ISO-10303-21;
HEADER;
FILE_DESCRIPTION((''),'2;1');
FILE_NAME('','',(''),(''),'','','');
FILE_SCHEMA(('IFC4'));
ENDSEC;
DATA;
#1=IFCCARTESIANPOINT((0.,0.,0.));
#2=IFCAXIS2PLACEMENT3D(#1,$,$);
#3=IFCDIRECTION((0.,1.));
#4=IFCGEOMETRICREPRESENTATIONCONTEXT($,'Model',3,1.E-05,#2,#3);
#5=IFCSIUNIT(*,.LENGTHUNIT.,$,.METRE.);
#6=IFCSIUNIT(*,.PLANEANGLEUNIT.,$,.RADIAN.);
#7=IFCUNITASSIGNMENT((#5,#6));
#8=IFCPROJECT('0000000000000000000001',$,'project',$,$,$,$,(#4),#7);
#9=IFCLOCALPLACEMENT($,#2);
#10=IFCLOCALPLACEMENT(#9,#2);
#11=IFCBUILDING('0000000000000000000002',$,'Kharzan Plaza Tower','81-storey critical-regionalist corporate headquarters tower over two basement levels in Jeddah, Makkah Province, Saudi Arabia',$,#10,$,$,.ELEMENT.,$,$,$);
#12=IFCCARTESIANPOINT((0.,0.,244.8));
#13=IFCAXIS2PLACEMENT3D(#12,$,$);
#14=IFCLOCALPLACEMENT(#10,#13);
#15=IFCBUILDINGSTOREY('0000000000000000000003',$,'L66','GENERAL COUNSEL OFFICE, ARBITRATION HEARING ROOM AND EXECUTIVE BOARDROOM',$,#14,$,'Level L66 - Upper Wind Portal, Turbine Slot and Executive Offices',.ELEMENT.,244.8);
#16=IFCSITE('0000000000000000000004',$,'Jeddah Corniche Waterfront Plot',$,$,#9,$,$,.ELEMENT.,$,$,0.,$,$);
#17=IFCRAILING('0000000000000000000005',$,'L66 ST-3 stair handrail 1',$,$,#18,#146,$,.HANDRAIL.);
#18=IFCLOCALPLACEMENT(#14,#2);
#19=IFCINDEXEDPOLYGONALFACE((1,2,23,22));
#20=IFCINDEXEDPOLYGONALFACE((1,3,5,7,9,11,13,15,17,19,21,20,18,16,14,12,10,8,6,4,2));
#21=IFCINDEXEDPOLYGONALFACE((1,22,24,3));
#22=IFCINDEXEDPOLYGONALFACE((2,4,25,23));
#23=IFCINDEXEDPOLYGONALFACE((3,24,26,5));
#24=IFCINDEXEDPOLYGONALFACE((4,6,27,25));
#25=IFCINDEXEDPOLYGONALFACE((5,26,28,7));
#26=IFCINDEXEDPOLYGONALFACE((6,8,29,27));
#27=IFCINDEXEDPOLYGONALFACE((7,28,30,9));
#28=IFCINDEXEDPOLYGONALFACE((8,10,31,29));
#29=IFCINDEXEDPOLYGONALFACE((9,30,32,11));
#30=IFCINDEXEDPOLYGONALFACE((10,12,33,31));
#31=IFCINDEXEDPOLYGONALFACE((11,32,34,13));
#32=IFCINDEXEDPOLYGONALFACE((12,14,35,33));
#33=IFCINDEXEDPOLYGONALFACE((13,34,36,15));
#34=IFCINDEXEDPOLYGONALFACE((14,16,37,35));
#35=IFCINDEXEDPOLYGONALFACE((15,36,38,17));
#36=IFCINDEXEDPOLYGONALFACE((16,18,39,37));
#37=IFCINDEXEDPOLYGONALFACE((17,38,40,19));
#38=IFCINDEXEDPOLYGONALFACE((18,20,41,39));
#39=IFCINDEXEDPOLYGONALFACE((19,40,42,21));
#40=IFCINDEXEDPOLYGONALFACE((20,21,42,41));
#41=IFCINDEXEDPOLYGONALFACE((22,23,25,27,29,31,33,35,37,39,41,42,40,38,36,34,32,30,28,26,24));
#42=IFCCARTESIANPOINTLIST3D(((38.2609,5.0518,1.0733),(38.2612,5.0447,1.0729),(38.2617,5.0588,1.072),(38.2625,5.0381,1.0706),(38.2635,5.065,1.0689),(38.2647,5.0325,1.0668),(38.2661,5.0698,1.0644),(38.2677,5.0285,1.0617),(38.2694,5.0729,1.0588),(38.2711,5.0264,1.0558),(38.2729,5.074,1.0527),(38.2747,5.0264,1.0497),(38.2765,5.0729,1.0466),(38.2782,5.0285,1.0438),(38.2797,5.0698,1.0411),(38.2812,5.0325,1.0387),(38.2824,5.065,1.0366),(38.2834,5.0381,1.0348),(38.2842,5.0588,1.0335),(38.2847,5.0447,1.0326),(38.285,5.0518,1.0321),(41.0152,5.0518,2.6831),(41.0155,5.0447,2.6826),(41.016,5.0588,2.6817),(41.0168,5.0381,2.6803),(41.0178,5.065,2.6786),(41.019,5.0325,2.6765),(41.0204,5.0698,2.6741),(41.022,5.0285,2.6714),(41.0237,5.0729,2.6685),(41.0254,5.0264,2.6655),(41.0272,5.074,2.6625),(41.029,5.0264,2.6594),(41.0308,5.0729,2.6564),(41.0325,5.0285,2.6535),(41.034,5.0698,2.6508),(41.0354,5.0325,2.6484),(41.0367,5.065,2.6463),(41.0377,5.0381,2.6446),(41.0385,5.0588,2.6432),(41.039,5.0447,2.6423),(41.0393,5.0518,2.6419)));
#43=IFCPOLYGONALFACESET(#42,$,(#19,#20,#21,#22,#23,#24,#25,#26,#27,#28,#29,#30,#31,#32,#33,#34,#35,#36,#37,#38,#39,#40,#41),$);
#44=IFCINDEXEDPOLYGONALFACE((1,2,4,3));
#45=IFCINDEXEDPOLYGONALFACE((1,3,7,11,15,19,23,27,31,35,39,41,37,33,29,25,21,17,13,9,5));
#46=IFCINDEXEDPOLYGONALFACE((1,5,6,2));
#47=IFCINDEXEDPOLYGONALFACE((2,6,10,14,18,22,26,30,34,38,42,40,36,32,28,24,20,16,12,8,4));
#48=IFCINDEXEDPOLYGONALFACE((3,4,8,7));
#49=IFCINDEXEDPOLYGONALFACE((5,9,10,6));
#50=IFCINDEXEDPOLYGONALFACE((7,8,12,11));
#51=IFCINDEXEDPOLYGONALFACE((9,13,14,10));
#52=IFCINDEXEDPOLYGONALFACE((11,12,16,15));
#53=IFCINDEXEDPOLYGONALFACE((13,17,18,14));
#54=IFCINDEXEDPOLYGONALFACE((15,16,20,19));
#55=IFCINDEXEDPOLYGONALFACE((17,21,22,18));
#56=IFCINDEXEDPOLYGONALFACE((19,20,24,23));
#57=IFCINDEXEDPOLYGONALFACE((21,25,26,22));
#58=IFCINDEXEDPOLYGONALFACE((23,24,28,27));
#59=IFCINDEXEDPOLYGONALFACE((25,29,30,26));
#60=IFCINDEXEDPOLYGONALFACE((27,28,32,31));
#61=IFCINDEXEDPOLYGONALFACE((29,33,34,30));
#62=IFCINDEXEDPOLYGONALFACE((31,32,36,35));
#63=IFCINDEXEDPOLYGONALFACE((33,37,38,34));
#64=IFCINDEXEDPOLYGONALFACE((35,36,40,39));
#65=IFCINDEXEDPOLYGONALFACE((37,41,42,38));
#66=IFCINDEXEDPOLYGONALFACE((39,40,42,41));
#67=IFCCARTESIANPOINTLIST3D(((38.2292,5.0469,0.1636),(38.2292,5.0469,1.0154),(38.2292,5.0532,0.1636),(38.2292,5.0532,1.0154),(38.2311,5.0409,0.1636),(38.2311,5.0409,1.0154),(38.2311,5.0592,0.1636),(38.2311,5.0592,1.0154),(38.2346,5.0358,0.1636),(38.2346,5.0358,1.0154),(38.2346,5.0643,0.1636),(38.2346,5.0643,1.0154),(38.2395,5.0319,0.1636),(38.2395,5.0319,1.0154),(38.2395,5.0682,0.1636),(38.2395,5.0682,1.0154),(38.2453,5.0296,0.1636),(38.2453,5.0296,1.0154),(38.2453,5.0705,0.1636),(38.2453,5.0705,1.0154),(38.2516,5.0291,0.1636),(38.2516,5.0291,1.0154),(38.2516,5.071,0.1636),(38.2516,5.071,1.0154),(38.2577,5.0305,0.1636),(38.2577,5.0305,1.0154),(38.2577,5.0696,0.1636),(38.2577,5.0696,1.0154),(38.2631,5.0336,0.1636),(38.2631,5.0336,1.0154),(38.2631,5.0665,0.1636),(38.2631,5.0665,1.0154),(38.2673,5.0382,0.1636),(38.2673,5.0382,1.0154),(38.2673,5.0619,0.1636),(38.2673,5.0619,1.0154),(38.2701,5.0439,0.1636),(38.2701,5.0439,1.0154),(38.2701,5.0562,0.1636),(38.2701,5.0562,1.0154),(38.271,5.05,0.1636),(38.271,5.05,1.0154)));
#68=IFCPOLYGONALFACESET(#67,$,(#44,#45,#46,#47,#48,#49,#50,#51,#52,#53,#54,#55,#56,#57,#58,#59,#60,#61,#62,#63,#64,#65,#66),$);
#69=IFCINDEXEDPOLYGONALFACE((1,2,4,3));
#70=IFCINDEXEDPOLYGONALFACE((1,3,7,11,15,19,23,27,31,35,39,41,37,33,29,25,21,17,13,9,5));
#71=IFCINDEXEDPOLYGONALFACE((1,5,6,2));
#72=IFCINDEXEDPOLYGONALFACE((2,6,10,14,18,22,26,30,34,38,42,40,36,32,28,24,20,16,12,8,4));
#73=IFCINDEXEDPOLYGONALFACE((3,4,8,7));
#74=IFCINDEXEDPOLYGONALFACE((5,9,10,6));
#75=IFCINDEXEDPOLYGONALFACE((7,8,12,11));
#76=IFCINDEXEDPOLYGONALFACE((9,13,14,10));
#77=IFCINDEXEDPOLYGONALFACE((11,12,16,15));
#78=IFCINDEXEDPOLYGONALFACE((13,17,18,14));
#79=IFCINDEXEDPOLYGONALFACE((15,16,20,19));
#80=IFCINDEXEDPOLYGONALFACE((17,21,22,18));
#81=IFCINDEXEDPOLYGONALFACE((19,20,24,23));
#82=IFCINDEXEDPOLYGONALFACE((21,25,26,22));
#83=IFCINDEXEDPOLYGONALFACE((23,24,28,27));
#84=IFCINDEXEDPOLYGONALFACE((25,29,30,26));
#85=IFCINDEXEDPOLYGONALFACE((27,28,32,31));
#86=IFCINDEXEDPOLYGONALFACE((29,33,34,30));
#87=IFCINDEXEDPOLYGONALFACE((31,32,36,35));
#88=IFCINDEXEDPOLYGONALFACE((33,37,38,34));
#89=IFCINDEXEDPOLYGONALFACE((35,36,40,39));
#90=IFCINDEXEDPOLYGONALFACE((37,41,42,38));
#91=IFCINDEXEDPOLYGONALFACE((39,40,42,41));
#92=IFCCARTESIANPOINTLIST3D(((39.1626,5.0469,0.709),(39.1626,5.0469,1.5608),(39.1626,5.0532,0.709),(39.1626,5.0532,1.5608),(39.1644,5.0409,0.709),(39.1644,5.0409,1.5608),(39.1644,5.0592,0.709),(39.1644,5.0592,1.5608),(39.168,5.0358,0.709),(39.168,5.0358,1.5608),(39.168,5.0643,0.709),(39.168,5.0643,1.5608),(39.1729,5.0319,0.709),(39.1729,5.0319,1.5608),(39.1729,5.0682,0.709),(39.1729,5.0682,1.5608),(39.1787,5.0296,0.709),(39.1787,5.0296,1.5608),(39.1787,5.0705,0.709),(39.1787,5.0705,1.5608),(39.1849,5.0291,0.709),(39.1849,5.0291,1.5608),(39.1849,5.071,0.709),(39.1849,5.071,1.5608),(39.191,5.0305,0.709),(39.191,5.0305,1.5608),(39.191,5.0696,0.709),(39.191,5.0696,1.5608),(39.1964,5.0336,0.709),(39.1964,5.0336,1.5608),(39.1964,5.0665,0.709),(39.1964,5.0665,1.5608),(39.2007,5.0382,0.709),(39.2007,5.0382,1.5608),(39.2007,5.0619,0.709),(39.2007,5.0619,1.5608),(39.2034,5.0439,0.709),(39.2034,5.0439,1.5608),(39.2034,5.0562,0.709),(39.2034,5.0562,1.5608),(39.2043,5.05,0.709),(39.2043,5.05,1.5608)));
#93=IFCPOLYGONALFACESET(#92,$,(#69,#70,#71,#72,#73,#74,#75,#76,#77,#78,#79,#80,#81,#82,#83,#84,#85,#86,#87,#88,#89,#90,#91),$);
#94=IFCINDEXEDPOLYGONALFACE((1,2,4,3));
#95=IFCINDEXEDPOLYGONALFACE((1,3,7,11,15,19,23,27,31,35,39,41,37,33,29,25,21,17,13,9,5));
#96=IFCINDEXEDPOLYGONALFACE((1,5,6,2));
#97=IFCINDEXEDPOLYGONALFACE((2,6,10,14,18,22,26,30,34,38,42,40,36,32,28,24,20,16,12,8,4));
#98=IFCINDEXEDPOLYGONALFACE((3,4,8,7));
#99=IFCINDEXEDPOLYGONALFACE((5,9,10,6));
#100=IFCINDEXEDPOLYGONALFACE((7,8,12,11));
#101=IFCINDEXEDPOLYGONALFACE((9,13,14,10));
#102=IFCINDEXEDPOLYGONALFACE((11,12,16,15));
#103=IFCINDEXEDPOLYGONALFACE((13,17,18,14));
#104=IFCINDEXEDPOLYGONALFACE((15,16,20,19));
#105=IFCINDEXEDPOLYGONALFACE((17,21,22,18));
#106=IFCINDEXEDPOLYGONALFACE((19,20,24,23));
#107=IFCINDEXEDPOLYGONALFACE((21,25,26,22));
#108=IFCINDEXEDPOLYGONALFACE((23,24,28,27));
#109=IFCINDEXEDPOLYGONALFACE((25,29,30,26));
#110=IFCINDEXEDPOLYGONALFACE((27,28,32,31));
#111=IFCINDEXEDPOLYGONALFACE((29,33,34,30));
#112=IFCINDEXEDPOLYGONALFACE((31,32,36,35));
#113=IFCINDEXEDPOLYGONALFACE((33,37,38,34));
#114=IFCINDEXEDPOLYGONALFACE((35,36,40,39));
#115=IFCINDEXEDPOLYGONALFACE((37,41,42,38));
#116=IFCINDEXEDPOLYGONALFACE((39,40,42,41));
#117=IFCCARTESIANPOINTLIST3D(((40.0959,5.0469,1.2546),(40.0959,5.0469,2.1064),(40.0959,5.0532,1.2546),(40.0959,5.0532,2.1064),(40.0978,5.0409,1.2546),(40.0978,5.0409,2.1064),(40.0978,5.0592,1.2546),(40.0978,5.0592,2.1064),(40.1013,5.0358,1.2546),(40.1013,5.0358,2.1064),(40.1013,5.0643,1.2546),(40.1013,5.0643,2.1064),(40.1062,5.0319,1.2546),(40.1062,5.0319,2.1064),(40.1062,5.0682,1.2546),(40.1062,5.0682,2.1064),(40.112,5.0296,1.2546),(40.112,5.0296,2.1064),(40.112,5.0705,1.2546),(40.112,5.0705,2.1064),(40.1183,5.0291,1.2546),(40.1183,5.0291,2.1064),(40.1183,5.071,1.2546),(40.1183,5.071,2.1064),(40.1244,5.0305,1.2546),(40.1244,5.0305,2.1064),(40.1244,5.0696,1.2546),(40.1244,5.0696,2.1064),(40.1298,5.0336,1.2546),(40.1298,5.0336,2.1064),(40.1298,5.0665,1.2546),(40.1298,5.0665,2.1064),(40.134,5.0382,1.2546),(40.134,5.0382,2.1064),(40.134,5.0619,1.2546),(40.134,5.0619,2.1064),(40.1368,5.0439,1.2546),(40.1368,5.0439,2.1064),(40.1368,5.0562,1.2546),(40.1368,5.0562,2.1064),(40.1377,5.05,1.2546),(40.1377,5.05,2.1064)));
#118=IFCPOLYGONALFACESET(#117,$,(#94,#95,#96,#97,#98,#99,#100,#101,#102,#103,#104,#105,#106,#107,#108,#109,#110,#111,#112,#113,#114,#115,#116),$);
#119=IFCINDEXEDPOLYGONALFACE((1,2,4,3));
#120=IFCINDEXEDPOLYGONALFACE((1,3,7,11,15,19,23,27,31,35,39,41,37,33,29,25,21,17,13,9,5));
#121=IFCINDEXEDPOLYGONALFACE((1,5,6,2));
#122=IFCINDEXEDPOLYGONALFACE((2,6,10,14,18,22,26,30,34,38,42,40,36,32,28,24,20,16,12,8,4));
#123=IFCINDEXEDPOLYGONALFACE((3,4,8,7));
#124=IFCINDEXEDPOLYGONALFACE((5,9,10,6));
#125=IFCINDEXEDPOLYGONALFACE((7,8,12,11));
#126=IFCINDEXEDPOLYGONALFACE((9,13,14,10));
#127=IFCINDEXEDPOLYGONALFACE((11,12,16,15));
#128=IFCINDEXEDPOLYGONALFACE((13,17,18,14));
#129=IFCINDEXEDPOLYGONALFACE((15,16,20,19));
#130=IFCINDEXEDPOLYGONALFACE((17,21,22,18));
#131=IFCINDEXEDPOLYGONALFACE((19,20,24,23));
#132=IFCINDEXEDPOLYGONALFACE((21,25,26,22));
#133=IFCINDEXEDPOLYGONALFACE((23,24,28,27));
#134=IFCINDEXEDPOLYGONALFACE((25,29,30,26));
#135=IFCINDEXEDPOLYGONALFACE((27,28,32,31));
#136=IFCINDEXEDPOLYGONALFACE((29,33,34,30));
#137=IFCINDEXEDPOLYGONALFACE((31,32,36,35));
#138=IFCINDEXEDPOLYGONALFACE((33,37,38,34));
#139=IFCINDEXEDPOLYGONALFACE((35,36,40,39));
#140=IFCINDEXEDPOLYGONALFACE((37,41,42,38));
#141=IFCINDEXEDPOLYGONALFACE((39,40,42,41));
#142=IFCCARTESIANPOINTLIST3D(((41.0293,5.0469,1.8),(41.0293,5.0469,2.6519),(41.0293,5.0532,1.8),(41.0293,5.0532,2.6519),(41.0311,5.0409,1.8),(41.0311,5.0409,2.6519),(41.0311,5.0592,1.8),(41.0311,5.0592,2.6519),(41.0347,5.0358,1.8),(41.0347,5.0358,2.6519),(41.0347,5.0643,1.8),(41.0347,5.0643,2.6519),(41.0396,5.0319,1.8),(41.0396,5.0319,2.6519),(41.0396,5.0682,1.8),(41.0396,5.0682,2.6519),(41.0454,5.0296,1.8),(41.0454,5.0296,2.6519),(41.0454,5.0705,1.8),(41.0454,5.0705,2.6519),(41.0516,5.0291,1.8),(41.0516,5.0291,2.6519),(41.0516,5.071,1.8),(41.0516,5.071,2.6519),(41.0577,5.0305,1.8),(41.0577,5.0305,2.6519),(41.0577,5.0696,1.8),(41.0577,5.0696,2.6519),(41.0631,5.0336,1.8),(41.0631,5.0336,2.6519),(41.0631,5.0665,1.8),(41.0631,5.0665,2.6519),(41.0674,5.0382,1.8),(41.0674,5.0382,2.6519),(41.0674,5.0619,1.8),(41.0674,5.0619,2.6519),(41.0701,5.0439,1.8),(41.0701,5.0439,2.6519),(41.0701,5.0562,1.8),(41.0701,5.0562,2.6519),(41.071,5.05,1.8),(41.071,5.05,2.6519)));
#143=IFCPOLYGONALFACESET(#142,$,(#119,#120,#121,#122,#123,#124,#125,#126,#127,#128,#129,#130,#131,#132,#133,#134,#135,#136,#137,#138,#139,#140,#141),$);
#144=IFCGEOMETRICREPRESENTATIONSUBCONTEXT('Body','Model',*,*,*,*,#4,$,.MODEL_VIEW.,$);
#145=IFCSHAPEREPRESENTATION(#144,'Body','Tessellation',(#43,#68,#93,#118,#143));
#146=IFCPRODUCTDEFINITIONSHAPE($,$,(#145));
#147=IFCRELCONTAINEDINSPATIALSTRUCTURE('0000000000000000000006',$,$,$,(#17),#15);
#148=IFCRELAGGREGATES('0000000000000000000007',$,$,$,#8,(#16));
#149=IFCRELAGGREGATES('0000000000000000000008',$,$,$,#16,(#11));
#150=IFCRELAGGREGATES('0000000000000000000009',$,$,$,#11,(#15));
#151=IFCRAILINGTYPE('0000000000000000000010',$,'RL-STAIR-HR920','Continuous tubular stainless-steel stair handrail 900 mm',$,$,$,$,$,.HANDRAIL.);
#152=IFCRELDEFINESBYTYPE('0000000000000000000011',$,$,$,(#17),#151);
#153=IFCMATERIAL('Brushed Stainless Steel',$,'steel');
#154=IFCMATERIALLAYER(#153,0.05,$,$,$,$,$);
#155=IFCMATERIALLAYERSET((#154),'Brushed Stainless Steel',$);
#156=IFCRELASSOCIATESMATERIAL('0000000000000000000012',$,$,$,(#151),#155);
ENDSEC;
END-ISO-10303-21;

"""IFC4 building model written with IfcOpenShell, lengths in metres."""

from ifc_helpers import new_model, si_unit, direction, frame, origin, origin_2d, place, context, subcontext, project, spatial, circle, extrude, source, transform, mapped, material, layer, layer_set, type_object, element, save


model = new_model("IFC4")

# Units and contexts
model_context = context("Model", 3, precision=1e-05, world=origin(), true_north=direction((0.0, 1.0)))
body_context = subcontext(model_context, "Body", "Model", "MODEL_VIEW")
ifc_project = project(units=[si_unit("LENGTHUNIT", "METRE"), si_unit("PLANEANGLEUNIT", "RADIAN")], contexts=[model_context])

# Site, building, storey
site_placement = place(None, origin())
site = spatial("IfcSite", under=ifc_project, at=site_placement, Name="Jeddah Corniche Waterfront Plot", CompositionType="ELEMENT", RefElevation=0.0)
building_placement = place(site_placement, origin())
building = spatial("IfcBuilding", under=site, at=building_placement, Name="Kharzan Plaza Tower", Description="81-storey critical-regionalist corporate headquarters tower over two basement levels in Jeddah, Makkah Province, Saudi Arabia", CompositionType="ELEMENT")
storey_placement = place(building_placement, frame((0.0, 0.0, 244.8)))
storey = spatial("IfcBuildingStorey", under=building, at=storey_placement, Name="L66", Description="GENERAL COUNSEL OFFICE, ARBITRATION HEARING ROOM AND EXECUTIVE BOARDROOM", LongName="Level L66 - Upper Wind Portal, Turbine Slot and Executive Offices", CompositionType="ELEMENT", Elevation=244.8)

# Railing
ifc_material_1 = material(Name="Brushed Stainless Steel", Category="steel")
ifc_layer_1 = layer(ifc_material_1, 0.05)
ifc_layer_set_1 = layer_set([ifc_layer_1], Name="Brushed Stainless Steel")
railing_type_1 = type_object("IfcRailingType", Name="RL-STAIR-HR920", Description="Continuous tubular stainless-steel stair handrail 900 mm", PredefinedType="HANDRAIL", material=ifc_layer_set_1)
shared_shape_1 = source(origin(), body_context, "Body", "SweptSolid", [
    extrude(circle(Radius=0.0239, at=origin_2d()), frame((0.0229, 0.0, 0.8892), z_axis=(0.863361, 0.0, 0.504587), x_axis=(0.0, 1.0, 0.0)), (0.0, 0.0, 1.0), 3.1902),
    extrude(circle(Radius=0.021, at=origin_2d()), origin(), (0.0, 0.0, 1.0), 0.8518),
    extrude(circle(Radius=0.021, at=origin_2d()), frame((0.9333, 0.0, 0.5454)), (0.0, 0.0, 1.0), 0.8518),
    extrude(circle(Radius=0.021, at=origin_2d()), frame((1.8667, 0.0, 1.0911)), (0.0, 0.0, 1.0), 0.8518),
    extrude(circle(Radius=0.021, at=origin_2d()), frame((2.8, 0.0, 1.6365)), (0.0, 0.0, 1.0), 0.8518),
])
railing_1_placement = place(storey_placement, frame((38.25, 5.05, 0.1636)))
element("IfcRailing", 1, at=railing_1_placement, inside=storey, type_object=railing_type_1, Name="L66 ST-3 stair handrail 1", PredefinedType="HANDRAIL", context=body_context, shape_type="MappedRepresentation", body=[
    mapped(shared_shape_1, transform((0.0, 0.0, 0.0), x_axis=(1.0, 0.0, 0.0), y_axis=(0.0, 1.0, 0.0), z_axis=(0.0, 0.0, 1.0))),
])

save(model, "model.ifc")
